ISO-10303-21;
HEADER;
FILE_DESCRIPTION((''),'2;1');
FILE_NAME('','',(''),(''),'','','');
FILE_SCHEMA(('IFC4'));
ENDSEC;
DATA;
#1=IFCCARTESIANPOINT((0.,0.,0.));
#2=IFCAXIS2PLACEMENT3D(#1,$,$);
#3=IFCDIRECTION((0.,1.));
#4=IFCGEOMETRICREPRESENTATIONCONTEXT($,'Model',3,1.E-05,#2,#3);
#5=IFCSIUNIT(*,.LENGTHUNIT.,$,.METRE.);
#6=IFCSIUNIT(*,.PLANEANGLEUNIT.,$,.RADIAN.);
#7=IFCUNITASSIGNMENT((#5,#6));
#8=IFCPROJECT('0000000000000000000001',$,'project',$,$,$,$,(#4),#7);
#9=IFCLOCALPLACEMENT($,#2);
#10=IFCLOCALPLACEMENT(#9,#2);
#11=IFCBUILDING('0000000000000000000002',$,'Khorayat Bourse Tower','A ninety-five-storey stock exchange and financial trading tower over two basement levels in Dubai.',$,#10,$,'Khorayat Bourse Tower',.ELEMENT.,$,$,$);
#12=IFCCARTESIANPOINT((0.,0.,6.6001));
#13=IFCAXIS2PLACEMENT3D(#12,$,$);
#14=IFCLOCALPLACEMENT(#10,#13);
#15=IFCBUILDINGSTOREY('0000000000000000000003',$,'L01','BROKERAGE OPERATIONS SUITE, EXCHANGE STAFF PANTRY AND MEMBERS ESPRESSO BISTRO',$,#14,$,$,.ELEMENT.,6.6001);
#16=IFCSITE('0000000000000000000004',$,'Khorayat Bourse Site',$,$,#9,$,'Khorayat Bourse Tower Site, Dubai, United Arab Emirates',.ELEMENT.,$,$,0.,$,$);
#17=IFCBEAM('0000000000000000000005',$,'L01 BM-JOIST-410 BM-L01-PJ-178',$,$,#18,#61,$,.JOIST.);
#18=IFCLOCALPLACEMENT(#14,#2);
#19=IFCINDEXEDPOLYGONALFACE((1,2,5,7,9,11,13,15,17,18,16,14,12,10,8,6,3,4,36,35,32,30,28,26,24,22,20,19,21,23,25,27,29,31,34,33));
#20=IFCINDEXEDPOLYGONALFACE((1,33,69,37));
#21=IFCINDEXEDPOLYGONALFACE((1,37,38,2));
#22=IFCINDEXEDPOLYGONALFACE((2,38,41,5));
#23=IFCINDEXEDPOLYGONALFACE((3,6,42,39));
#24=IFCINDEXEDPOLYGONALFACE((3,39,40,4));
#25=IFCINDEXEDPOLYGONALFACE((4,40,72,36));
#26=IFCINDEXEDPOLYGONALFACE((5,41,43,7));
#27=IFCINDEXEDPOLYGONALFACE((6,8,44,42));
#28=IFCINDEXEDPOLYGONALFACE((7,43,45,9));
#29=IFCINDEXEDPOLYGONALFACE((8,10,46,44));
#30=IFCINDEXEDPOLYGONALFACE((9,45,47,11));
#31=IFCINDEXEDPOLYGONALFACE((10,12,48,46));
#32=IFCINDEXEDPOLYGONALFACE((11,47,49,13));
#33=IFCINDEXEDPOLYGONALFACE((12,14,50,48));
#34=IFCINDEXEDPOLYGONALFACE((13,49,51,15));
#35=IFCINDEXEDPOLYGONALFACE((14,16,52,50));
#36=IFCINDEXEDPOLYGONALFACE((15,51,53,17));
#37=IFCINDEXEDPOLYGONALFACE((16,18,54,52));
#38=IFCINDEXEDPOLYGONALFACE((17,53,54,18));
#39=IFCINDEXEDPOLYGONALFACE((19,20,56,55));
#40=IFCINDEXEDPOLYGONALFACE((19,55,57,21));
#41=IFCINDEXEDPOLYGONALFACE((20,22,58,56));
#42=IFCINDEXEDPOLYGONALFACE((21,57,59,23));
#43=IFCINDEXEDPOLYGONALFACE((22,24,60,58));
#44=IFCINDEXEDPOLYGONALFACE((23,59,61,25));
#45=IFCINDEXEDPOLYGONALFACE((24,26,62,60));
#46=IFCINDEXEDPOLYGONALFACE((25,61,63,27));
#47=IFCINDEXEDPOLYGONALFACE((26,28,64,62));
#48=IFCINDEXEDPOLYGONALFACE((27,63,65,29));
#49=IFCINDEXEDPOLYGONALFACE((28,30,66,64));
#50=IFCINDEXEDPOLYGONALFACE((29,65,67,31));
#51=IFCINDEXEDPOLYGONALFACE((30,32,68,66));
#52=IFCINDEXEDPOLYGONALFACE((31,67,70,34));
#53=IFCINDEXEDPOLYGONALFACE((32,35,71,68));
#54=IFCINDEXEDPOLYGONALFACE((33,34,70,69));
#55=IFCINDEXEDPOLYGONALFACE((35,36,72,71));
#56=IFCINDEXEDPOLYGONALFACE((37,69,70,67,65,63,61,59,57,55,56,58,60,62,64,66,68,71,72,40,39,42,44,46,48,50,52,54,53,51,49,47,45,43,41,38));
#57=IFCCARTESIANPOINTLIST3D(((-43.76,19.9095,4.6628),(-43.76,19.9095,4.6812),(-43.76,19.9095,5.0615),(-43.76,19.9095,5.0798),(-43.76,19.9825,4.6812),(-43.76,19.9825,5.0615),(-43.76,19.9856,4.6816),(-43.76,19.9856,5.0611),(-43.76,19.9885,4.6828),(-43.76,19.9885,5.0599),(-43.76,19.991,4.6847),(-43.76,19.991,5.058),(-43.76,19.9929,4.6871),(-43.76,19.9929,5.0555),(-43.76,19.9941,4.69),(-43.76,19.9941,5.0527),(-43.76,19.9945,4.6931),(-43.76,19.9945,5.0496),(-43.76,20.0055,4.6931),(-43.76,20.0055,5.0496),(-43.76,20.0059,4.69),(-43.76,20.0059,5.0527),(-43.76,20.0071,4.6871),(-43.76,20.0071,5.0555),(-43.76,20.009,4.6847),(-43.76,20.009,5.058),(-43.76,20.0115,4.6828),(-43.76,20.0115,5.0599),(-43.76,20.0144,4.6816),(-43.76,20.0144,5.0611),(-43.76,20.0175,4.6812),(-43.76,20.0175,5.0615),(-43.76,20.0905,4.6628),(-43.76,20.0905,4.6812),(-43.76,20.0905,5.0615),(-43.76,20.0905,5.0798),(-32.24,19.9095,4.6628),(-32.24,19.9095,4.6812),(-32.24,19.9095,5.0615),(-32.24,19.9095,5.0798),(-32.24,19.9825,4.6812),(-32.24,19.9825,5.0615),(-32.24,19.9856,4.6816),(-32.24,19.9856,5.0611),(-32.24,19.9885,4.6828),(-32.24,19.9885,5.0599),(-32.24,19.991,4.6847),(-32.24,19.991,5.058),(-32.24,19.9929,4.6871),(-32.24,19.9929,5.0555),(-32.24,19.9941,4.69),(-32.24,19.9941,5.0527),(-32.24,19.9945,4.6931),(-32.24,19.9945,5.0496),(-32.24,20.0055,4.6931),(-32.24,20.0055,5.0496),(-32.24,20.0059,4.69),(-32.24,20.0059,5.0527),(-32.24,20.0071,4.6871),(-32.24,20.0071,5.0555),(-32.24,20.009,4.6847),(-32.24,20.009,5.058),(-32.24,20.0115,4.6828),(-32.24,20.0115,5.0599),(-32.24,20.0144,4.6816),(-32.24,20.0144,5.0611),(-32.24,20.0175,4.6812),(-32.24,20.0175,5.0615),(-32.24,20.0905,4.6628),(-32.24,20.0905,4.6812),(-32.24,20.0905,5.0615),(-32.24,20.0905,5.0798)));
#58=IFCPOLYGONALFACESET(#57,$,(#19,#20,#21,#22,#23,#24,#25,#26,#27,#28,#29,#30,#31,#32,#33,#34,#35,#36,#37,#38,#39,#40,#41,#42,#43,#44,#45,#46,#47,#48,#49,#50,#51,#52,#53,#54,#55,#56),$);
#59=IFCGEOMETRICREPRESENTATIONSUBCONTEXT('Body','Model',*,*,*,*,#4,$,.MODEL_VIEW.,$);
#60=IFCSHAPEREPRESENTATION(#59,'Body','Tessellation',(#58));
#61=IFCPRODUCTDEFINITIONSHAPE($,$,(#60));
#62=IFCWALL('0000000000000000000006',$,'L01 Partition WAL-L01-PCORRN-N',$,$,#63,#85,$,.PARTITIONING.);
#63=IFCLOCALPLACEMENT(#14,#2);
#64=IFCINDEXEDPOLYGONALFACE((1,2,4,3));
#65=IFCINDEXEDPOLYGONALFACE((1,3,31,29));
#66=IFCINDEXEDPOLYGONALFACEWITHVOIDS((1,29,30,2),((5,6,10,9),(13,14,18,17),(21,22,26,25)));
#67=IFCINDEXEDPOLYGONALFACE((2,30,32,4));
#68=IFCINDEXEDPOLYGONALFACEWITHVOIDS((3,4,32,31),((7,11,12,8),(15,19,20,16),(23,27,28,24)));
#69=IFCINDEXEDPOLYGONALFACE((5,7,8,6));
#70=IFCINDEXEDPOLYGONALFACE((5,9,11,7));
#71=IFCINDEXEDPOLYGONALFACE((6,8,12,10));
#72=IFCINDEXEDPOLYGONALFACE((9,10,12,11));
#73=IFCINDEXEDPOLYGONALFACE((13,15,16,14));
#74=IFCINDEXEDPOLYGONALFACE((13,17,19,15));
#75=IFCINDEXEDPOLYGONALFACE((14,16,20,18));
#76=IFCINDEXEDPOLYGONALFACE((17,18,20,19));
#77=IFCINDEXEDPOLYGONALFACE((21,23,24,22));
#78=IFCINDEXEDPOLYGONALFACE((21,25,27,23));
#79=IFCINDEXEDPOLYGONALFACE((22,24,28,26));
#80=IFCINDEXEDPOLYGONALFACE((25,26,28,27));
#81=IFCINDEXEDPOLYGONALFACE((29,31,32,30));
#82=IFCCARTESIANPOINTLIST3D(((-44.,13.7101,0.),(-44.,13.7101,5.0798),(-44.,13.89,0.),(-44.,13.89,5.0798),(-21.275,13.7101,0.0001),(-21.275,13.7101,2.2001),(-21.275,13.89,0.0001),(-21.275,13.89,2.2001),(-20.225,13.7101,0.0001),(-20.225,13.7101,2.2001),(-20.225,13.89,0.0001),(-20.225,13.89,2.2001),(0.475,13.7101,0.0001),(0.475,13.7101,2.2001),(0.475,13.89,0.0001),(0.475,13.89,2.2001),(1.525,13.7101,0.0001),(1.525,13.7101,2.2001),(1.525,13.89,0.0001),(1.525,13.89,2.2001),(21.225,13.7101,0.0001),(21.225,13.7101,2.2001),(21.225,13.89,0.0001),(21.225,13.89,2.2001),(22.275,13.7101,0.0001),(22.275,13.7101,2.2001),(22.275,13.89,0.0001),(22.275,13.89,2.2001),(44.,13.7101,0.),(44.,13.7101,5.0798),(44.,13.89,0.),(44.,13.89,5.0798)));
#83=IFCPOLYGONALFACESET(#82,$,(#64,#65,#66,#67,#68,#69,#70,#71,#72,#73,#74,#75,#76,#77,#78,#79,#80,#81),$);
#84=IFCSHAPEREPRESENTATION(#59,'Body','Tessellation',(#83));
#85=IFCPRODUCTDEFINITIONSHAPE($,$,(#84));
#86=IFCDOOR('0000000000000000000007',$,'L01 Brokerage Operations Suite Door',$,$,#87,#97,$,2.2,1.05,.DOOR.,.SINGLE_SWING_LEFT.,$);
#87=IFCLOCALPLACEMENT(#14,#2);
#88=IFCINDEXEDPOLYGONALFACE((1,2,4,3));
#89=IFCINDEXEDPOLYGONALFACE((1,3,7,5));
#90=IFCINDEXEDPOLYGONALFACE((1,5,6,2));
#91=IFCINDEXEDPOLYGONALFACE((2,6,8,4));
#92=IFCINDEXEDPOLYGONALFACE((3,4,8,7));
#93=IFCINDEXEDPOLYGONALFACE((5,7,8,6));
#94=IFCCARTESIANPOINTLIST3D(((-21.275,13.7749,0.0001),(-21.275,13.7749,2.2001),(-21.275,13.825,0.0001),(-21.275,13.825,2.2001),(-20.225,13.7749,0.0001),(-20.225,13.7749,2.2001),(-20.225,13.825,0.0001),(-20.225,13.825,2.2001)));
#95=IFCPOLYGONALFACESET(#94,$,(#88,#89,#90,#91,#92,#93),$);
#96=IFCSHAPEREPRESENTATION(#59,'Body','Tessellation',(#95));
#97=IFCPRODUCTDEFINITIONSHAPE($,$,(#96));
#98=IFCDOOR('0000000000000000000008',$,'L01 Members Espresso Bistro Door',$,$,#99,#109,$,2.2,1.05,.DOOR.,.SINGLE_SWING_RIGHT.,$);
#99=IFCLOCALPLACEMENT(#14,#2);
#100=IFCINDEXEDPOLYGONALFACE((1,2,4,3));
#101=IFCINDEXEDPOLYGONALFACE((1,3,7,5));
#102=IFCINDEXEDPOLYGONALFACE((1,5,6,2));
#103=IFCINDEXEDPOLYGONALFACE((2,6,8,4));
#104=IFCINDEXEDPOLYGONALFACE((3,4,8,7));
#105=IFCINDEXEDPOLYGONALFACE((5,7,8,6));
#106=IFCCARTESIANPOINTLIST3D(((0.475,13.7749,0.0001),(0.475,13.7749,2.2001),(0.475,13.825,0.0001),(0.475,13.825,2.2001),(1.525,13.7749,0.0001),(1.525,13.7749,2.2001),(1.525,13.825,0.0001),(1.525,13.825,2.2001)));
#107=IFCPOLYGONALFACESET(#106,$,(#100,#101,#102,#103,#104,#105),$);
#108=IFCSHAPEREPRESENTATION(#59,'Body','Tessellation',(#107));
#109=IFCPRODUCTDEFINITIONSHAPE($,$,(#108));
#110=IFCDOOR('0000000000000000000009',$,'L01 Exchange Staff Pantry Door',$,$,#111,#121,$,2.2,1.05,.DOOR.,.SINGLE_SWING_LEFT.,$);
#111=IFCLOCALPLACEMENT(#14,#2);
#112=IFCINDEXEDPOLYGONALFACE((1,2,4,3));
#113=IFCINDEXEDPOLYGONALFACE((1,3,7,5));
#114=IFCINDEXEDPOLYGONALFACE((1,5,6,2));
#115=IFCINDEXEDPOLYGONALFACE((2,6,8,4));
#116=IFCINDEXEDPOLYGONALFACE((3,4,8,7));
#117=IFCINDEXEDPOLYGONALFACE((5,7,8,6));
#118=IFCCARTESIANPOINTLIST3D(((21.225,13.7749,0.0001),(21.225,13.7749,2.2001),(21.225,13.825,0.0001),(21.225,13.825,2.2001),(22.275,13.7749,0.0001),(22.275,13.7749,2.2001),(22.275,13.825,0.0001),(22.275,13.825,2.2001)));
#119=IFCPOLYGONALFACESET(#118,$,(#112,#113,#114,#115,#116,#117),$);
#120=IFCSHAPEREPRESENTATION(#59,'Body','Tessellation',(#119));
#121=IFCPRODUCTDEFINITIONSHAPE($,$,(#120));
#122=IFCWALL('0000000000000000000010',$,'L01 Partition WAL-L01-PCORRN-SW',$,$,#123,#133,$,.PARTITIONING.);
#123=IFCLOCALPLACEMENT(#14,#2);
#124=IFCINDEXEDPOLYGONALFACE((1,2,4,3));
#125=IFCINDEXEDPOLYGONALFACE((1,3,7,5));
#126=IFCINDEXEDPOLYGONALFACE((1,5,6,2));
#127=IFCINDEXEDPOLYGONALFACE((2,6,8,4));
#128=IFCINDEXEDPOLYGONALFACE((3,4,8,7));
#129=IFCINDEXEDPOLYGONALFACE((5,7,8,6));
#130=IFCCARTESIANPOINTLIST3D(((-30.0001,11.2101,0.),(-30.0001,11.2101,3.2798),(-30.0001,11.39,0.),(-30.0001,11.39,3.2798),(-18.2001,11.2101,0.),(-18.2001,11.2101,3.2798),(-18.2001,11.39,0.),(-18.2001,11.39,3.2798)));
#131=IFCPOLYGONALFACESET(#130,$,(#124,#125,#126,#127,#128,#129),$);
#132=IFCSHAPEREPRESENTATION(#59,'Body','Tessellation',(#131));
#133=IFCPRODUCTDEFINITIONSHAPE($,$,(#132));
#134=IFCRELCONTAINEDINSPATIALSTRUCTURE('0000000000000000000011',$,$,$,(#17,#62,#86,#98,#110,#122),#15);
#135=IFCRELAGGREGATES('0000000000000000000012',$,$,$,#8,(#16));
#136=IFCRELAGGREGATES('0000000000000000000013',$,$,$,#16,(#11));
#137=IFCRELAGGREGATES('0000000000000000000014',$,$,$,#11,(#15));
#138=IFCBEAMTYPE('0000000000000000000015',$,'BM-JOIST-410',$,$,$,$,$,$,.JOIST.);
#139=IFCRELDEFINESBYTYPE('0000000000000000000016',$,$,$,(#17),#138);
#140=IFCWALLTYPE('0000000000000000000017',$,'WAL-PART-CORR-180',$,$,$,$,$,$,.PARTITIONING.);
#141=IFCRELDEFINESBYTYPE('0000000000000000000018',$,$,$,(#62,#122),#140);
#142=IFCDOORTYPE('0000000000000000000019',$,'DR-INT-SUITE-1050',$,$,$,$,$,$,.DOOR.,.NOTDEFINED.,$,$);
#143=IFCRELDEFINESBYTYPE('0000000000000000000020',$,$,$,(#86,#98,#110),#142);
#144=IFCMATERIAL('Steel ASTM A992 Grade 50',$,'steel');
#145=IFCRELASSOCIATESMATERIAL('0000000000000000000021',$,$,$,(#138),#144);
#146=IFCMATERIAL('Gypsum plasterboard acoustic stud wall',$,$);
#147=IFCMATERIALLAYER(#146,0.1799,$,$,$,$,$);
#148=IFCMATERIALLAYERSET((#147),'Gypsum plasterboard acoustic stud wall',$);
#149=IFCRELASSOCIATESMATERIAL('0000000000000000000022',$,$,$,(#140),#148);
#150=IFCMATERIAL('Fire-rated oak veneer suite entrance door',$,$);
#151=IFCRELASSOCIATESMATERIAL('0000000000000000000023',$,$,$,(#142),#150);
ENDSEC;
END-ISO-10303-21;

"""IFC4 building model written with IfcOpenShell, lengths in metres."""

from ifc_helpers import new_model, si_unit, direction, frame, frame_2d, origin, origin_2d, place, context, subcontext, project, spatial, rectangle, i_section, extrude, source, transform, mapped, material, layer, layer_set, material_profile, profile_set, type_object, element, fill, save


model = new_model("IFC4")

# Units and contexts
model_context = context("Model", 3, precision=1e-05, world=origin(), true_north=direction((0.0, 1.0)))
body_context = subcontext(model_context, "Body", "Model", "MODEL_VIEW")
ifc_project = project(units=[si_unit("LENGTHUNIT", "METRE"), si_unit("PLANEANGLEUNIT", "RADIAN")], contexts=[model_context])

# Site, building, storey
site_placement = place(None, origin())
site = spatial("IfcSite", under=ifc_project, at=site_placement, Name="Khorayat Bourse Site", LongName="Khorayat Bourse Tower Site, Dubai, United Arab Emirates", CompositionType="ELEMENT", RefElevation=0.0)
building_placement = place(site_placement, origin())
building = spatial("IfcBuilding", under=site, at=building_placement, Name="Khorayat Bourse Tower", Description="A ninety-five-storey stock exchange and financial trading tower over two basement levels in Dubai.", LongName="Khorayat Bourse Tower", CompositionType="ELEMENT")
storey_placement = place(building_placement, frame((0.0, 0.0, 6.6001)))
storey = spatial("IfcBuildingStorey", under=building, at=storey_placement, Name="L01", Description="BROKERAGE OPERATIONS SUITE, EXCHANGE STAFF PANTRY AND MEMBERS ESPRESSO BISTRO", CompositionType="ELEMENT", Elevation=6.6001)

# Beam
ifc_material_1 = material(Name="Steel ASTM A992 Grade 50", Category="steel")
ifc_material_profile_1 = material_profile(ifc_material_1, i_section(OverallWidth=0.1809, OverallDepth=0.417, WebThickness=0.011, FlangeThickness=0.0183, FilletRadius=0.012, at=origin_2d()), Name="W410X85")
ifc_profile_set_1 = profile_set([ifc_material_profile_1], Name="Steel ASTM A992 Grade 50")
beam_type_1 = type_object("IfcBeamType", Name="BM-JOIST-410", PredefinedType="JOIST", material=ifc_profile_set_1)
shared_shape_1 = source(origin(), body_context, "Body", "SweptSolid", [
    extrude(i_section(OverallWidth=0.1809, OverallDepth=0.417, WebThickness=0.011, FlangeThickness=0.0183, FilletRadius=0.012, at=origin_2d()), origin(), (0.0, 0.0, 1.0), 11.52),
])
for number, where, z_axis, x_axis, name in (
    (1, (-43.76, 20.0, 4.8713), (1.0, 0.0, 0.0), (0.0, 1.0, 0.0), "L01 BM-JOIST-410 BM-L01-PJ-178"),
):
    element("IfcBeam", number, at=place(storey_placement, frame(where, z_axis=z_axis, x_axis=x_axis)), inside=storey, type_object=beam_type_1, Name=name, PredefinedType="JOIST", context=body_context, shape_type="MappedRepresentation", body=[
        mapped(shared_shape_1, transform((0.0, 0.0, 0.0), scale=1.0)),
    ])

# Wall, openings, doors
ifc_material_2 = material(Name="Gypsum plasterboard acoustic stud wall")
ifc_layer = layer(ifc_material_2, 0.1799)
ifc_layer_set = layer_set([ifc_layer], Name="Gypsum plasterboard acoustic stud wall")
wall_type = type_object("IfcWallType", Name="WAL-PART-CORR-180", PredefinedType="PARTITIONING", material=ifc_layer_set)
shared_shape_2 = source(origin(), body_context, "Body", "SweptSolid", [
    extrude(rectangle(XDim=88.0, YDim=0.1799, at=frame_2d((44.0, 0.0))), origin(), (0.0, 0.0, 1.0), 5.0798),
])
wall_1_placement = place(storey_placement, frame((-44.0, 13.8, 0.0), z_axis=(0.0, 0.0, 1.0), x_axis=(1.0, 0.0, 0.0)))
wall_1 = element("IfcWall", 2, at=wall_1_placement, inside=storey, type_object=wall_type, Name="L01 Partition WAL-L01-PCORRN-N", PredefinedType="PARTITIONING", context=body_context, shape_type="MappedRepresentation", body=[
    mapped(shared_shape_2, transform((0.0, 0.0, 0.0), scale=1.0)),
])
shared_shape_3 = source(origin(), body_context, "Body", "SweptSolid", [
    extrude(rectangle(XDim=1.05, YDim=2.2, at=frame_2d((0.5249, 1.1001))), frame((0.0, 0.0999, 0.0), z_axis=(0.0, -1.0, 0.0), x_axis=(1.0, 0.0, 0.0)), (0.0, 0.0, 1.0), 0.2),
])
opening_1_placement = place(wall_1_placement, frame((22.7251, 0.0, 0.0)))
opening_1 = element("IfcOpeningElement", 3, at=opening_1_placement, cuts=wall_1, PredefinedType="OPENING", context=body_context, shape_type="MappedRepresentation", body=[
    mapped(shared_shape_3, transform((0.0, 0.0, 0.0), scale=1.0)),
])
opening_2_placement = place(wall_1_placement, frame((44.4751, 0.0, 0.0)))
opening_2 = element("IfcOpeningElement", 4, at=opening_2_placement, cuts=wall_1, PredefinedType="OPENING", context=body_context, shape_type="MappedRepresentation", body=[
    mapped(shared_shape_3, transform((0.0, 0.0, 0.0), scale=1.0)),
])
opening_3_placement = place(wall_1_placement, frame((65.2251, 0.0, 0.0)))
opening_3 = element("IfcOpeningElement", 5, at=opening_3_placement, cuts=wall_1, PredefinedType="OPENING", context=body_context, shape_type="MappedRepresentation", body=[
    mapped(shared_shape_3, transform((0.0, 0.0, 0.0), scale=1.0)),
])
ifc_material_3 = material(Name="Fire-rated oak veneer suite entrance door")
door_type = type_object("IfcDoorType", Name="DR-INT-SUITE-1050", OperationType="NOTDEFINED", PredefinedType="DOOR", material=ifc_material_3)
shared_shape_4 = source(origin(), body_context, "Body", "SweptSolid", [
    extrude(rectangle(XDim=1.05, YDim=2.2, at=frame_2d((0.5249, 1.1001))), frame((0.0, 0.0249, 0.0), z_axis=(0.0, -1.0, 0.0), x_axis=(1.0, 0.0, 0.0)), (0.0, 0.0, 1.0), 0.05),
])
door_1_placement = place(opening_1_placement, origin())
door_1 = element("IfcDoor", 6, at=door_1_placement, inside=storey, type_object=door_type, Name="L01 Brokerage Operations Suite Door", OperationType="SINGLE_SWING_LEFT", OverallHeight=2.2, OverallWidth=1.05, PredefinedType="DOOR", context=body_context, shape_type="MappedRepresentation", body=[
    mapped(shared_shape_4, transform((0.0, 0.0, 0.0), scale=1.0)),
])
fill(opening_1, door_1)
door_2_placement = place(opening_2_placement, origin())
door_2 = element("IfcDoor", 7, at=door_2_placement, inside=storey, type_object=door_type, Name="L01 Members Espresso Bistro Door", OperationType="SINGLE_SWING_RIGHT", OverallHeight=2.2, OverallWidth=1.05, PredefinedType="DOOR", context=body_context, shape_type="MappedRepresentation", body=[
    mapped(shared_shape_4, transform((0.0, 0.0, 0.0), scale=1.0)),
])
fill(opening_2, door_2)
door_3_placement = place(opening_3_placement, origin())
door_3 = element("IfcDoor", 8, at=door_3_placement, inside=storey, type_object=door_type, Name="L01 Exchange Staff Pantry Door", OperationType="SINGLE_SWING_LEFT", OverallHeight=2.2, OverallWidth=1.05, PredefinedType="DOOR", context=body_context, shape_type="MappedRepresentation", body=[
    mapped(shared_shape_4, transform((0.0, 0.0, 0.0), scale=1.0)),
])
fill(opening_3, door_3)

# Wall
shared_shape_5 = source(origin(), body_context, "Body", "SweptSolid", [
    extrude(rectangle(XDim=11.8, YDim=0.1799, at=frame_2d((5.8999, 0.0))), origin(), (0.0, 0.0, 1.0), 3.2798),
])
wall_2_placement = place(storey_placement, frame((-30.0, 11.3, 0.0), z_axis=(0.0, 0.0, 1.0), x_axis=(1.0, 0.0, 0.0)))
element("IfcWall", 9, at=wall_2_placement, inside=storey, type_object=wall_type, Name="L01 Partition WAL-L01-PCORRN-SW", PredefinedType="PARTITIONING", context=body_context, shape_type="MappedRepresentation", body=[
    mapped(shared_shape_5, transform((0.0, 0.0, 0.0), scale=1.0)),
])

save(model, "model.ifc")
